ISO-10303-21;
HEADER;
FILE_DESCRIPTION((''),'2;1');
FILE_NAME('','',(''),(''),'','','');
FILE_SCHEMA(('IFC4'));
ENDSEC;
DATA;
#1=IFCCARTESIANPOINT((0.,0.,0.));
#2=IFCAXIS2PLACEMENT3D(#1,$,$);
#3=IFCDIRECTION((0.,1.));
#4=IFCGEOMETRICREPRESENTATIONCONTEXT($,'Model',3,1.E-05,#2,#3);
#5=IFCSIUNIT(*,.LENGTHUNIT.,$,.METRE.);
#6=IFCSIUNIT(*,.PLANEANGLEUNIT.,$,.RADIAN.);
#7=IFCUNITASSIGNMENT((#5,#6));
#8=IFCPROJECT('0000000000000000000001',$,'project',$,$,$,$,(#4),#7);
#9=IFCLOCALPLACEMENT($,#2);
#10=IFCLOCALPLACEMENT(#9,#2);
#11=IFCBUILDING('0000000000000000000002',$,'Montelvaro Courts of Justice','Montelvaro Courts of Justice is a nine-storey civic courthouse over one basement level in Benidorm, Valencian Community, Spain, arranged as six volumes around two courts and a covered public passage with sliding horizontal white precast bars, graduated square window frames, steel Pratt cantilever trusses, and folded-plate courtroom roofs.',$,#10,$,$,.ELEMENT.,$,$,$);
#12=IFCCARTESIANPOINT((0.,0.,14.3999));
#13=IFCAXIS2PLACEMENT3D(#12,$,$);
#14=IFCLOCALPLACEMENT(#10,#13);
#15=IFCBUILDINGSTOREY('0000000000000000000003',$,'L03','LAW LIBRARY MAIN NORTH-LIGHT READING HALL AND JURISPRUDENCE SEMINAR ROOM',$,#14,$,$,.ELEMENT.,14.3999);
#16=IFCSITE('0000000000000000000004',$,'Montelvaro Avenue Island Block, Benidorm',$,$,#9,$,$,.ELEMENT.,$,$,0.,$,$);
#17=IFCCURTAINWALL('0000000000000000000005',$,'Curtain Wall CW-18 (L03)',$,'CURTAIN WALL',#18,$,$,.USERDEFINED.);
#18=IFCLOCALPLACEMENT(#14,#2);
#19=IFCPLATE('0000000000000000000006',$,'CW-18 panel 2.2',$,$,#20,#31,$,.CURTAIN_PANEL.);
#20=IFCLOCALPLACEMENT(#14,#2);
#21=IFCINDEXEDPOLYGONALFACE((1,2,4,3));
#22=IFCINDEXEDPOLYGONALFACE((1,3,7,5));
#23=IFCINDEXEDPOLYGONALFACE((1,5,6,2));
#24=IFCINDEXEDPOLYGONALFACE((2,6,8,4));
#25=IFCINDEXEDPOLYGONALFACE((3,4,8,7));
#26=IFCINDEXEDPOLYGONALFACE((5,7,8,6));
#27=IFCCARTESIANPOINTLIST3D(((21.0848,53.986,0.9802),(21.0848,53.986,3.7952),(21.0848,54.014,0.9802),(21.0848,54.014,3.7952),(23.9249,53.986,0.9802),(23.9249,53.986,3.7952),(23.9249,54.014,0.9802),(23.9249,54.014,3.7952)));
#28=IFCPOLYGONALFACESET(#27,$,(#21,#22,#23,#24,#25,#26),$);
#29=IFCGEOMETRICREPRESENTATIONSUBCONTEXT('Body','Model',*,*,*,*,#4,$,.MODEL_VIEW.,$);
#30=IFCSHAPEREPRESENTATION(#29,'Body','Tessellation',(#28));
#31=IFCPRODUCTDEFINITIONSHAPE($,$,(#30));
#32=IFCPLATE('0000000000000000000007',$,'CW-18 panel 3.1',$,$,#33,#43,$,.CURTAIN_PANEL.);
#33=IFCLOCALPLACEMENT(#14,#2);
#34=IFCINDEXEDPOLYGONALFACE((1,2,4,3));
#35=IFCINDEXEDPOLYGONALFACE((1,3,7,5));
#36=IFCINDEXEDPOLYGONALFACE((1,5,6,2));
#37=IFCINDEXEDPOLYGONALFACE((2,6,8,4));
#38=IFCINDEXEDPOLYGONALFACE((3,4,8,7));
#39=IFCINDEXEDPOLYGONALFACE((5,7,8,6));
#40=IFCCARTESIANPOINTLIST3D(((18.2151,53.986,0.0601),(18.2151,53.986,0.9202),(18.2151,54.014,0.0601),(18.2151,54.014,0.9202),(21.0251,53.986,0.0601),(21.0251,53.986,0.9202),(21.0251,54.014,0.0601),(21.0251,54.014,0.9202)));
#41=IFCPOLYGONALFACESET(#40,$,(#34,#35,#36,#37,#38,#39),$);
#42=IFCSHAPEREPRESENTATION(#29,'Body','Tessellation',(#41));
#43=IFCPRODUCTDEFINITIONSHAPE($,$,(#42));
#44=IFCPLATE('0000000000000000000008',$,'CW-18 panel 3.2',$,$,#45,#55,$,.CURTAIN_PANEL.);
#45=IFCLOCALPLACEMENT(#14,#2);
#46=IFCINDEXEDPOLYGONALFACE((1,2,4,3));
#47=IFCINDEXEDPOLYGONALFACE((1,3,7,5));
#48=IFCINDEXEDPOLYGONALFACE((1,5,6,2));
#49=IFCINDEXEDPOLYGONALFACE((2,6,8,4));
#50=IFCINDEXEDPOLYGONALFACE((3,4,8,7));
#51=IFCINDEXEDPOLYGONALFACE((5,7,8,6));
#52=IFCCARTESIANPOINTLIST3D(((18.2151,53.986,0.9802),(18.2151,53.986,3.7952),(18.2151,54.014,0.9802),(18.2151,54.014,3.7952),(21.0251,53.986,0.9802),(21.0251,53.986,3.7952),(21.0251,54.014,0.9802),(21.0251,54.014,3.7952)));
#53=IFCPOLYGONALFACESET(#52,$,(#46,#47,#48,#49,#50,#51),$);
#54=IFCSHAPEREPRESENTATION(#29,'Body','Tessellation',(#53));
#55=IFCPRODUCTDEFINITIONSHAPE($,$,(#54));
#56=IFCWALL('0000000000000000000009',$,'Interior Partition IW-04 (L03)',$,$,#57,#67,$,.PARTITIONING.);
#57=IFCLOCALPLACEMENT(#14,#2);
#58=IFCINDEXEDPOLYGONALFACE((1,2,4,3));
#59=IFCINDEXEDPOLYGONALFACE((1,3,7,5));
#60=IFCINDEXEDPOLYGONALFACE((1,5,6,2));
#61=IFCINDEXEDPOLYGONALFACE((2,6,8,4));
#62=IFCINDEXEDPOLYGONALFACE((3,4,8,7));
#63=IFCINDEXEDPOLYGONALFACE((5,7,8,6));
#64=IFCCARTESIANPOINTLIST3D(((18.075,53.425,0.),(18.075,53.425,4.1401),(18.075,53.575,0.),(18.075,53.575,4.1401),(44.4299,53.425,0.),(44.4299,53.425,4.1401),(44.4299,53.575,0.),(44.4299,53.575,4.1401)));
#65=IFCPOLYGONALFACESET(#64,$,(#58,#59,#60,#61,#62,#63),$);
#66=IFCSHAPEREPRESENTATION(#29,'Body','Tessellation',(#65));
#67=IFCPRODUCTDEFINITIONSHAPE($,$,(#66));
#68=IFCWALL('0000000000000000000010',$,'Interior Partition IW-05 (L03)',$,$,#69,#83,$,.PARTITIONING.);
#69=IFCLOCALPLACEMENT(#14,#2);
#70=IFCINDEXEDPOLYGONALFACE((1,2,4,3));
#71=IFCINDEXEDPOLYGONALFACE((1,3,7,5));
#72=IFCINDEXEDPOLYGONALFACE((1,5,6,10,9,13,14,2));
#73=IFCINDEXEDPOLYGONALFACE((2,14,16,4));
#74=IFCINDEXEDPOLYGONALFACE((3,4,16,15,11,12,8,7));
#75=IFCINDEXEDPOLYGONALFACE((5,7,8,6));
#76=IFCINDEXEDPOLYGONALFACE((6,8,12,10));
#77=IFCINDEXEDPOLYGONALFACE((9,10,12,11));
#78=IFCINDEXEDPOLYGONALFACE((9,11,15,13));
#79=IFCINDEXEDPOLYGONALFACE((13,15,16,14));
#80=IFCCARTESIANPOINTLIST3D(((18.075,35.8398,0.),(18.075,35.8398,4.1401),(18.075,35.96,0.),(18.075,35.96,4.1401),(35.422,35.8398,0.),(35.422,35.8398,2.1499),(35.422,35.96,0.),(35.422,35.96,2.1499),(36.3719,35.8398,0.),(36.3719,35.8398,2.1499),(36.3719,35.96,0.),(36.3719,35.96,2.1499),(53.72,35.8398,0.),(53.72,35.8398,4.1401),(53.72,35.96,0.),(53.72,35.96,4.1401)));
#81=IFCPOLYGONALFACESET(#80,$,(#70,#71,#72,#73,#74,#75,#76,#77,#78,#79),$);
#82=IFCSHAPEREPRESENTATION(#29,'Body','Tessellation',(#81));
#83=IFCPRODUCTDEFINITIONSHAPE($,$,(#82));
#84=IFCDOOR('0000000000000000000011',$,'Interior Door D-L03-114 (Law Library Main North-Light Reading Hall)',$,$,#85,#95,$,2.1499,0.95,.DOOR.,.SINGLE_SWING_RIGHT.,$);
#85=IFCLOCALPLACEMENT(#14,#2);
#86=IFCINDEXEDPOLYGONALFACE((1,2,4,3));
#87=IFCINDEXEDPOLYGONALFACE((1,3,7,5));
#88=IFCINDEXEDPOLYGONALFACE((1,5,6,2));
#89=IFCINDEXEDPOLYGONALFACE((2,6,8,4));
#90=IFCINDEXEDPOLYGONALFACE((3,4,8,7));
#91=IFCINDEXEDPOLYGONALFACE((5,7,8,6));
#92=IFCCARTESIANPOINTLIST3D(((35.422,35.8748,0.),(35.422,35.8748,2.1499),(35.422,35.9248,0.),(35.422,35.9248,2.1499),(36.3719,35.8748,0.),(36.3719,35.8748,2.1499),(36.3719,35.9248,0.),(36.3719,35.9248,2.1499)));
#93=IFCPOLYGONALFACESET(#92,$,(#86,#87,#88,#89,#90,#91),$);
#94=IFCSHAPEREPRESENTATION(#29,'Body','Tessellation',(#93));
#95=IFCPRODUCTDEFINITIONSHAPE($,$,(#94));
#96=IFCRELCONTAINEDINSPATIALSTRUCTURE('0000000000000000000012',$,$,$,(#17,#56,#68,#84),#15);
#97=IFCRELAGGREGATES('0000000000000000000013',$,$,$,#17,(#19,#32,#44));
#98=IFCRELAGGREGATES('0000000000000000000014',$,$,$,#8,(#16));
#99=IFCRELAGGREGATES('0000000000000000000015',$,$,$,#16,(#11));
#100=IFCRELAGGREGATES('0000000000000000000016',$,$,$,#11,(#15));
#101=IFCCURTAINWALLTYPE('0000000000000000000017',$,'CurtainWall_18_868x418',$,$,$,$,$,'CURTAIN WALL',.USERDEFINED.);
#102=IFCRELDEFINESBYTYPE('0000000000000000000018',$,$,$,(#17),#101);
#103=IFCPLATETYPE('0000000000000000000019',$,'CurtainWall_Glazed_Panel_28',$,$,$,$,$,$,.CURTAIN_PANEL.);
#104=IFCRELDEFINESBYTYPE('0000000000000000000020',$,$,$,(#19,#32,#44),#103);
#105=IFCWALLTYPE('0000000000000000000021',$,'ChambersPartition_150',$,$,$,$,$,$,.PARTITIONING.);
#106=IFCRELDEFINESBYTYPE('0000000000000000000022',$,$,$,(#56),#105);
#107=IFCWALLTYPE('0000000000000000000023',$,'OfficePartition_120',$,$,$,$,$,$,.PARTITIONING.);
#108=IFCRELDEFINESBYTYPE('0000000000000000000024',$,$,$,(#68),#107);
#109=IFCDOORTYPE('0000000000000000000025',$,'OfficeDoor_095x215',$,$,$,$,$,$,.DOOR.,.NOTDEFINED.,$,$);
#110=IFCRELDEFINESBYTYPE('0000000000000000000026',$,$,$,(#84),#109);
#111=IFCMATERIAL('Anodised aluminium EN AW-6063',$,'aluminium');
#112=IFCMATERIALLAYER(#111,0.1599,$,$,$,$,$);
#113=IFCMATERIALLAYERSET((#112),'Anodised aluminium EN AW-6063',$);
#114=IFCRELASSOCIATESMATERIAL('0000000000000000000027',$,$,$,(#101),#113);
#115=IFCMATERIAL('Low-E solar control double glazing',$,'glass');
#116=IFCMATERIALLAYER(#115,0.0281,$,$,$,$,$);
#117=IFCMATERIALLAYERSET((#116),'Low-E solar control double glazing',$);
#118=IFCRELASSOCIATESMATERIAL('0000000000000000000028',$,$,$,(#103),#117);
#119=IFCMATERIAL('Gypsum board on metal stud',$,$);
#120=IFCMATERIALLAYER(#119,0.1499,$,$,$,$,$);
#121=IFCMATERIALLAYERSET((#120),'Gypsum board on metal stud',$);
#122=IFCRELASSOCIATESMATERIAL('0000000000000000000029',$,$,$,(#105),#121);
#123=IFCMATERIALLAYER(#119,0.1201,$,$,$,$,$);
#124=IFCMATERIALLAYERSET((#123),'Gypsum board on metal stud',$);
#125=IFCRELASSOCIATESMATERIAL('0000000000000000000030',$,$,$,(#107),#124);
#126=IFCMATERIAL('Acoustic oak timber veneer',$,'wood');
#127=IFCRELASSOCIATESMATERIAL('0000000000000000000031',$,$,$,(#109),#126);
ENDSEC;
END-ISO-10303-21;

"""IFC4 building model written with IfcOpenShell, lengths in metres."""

from ifc_helpers import new_model, si_unit, direction, frame, frame_2d, origin, origin_2d, place, context, subcontext, project, spatial, rectangle, extrude, material, layer, layer_set, type_object, element, fill, aggregate, save


model = new_model("IFC4")

# Units and contexts
model_context = context("Model", 3, precision=1e-05, world=origin(), true_north=direction((0.0, 1.0)))
body_context = subcontext(model_context, "Body", "Model", "MODEL_VIEW")
ifc_project = project(units=[si_unit("LENGTHUNIT", "METRE"), si_unit("PLANEANGLEUNIT", "RADIAN")], contexts=[model_context])

# Site, building, storey
site_placement = place(None, origin())
site = spatial("IfcSite", under=ifc_project, at=site_placement, Name="Montelvaro Avenue Island Block, Benidorm", CompositionType="ELEMENT", RefElevation=0.0)
building_placement = place(site_placement, origin())
building = spatial("IfcBuilding", under=site, at=building_placement, Name="Montelvaro Courts of Justice", Description="Montelvaro Courts of Justice is a nine-storey civic courthouse over one basement level in Benidorm, Valencian Community, Spain, arranged as six volumes around two courts and a covered public passage with sliding horizontal white precast bars, graduated square window frames, steel Pratt cantilever trusses, and folded-plate courtroom roofs.", CompositionType="ELEMENT")
storey_placement = place(building_placement, frame((0.0, 0.0, 14.3999)))
storey = spatial("IfcBuildingStorey", under=building, at=storey_placement, Name="L03", Description="LAW LIBRARY MAIN NORTH-LIGHT READING HALL AND JURISPRUDENCE SEMINAR ROOM", CompositionType="ELEMENT", Elevation=14.3999)

# Shared definitions
ifc_material_1 = material(Name="Anodised aluminium EN AW-6063", Category="aluminium")
ifc_layer_1 = layer(ifc_material_1, 0.1599)
ifc_layer_set_1 = layer_set([ifc_layer_1], Name="Anodised aluminium EN AW-6063")
curtain_wall_type = type_object("IfcCurtainWallType", Name="CurtainWall_18_868x418", ElementType="CURTAIN WALL", PredefinedType="USERDEFINED", material=ifc_layer_set_1)

# Curtain wall
curtain_wall_1_placement = place(storey_placement, origin())
curtain_wall_1 = element("IfcCurtainWall", 1, at=curtain_wall_1_placement, inside=storey, type_object=curtain_wall_type, Name="Curtain Wall CW-18 (L03)", ObjectType="CURTAIN WALL", PredefinedType="USERDEFINED")

# Plates
ifc_material_2 = material(Name="Low-E solar control double glazing", Category="glass")
ifc_layer_2 = layer(ifc_material_2, 0.0281)
ifc_layer_set_2 = layer_set([ifc_layer_2], Name="Low-E solar control double glazing")
plate_type = type_object("IfcPlateType", Name="CurtainWall_Glazed_Panel_28", PredefinedType="CURTAIN_PANEL", material=ifc_layer_set_2)
plate_1_placement = place(storey_placement, frame((22.5049, 54.0, 0.9802), z_axis=(0.0, 0.0, 1.0), x_axis=(-1.0, 0.0, 0.0)))
plate_1 = element("IfcPlate", 2, at=plate_1_placement, type_object=plate_type, Name="CW-18 panel 2.2", PredefinedType="CURTAIN_PANEL", context=body_context, shape_type="SweptSolid", body=[
    extrude(rectangle(XDim=2.8401, YDim=0.0281, at=origin_2d()), origin(), (0.0, 0.0, 1.0), 2.8149),
])
plate_2_placement = place(storey_placement, frame((19.6201, 54.0, 0.0601), z_axis=(0.0, 0.0, 1.0), x_axis=(-1.0, 0.0, 0.0)))
plate_2 = element("IfcPlate", 3, at=plate_2_placement, type_object=plate_type, Name="CW-18 panel 3.1", PredefinedType="CURTAIN_PANEL", context=body_context, shape_type="SweptSolid", body=[
    extrude(rectangle(XDim=2.8101, YDim=0.0281, at=origin_2d()), origin(), (0.0, 0.0, 1.0), 0.8601),
])
plate_3_placement = place(storey_placement, frame((19.6201, 54.0, 0.9802), z_axis=(0.0, 0.0, 1.0), x_axis=(-1.0, 0.0, 0.0)))
plate_3 = element("IfcPlate", 4, at=plate_3_placement, type_object=plate_type, Name="CW-18 panel 3.2", PredefinedType="CURTAIN_PANEL", context=body_context, shape_type="SweptSolid", body=[
    extrude(rectangle(XDim=2.8101, YDim=0.0281, at=origin_2d()), origin(), (0.0, 0.0, 1.0), 2.8149),
])
aggregate(curtain_wall_1, [plate_1, plate_2, plate_3])

# Wall
ifc_material_3 = material(Name="Gypsum board on metal stud")
ifc_layer_3 = layer(ifc_material_3, 0.1499)
ifc_layer_set_3 = layer_set([ifc_layer_3], Name="Gypsum board on metal stud")
wall_type_1 = type_object("IfcWallType", Name="ChambersPartition_150", PredefinedType="PARTITIONING", material=ifc_layer_set_3)
wall_1_placement = place(storey_placement, frame((18.075, 53.5, 0.0), z_axis=(0.0, 0.0, 1.0), x_axis=(1.0, 0.0, 0.0)))
element("IfcWall", 5, at=wall_1_placement, inside=storey, type_object=wall_type_1, Name="Interior Partition IW-04 (L03)", PredefinedType="PARTITIONING", context=body_context, shape_type="SweptSolid", body=[
    extrude(rectangle(XDim=26.355, YDim=0.1499, at=frame_2d((13.1775, 0.0))), origin(), (0.0, 0.0, 1.0), 4.1401),
])

# Wall, opening, door
ifc_layer_4 = layer(ifc_material_3, 0.1201)
ifc_layer_set_4 = layer_set([ifc_layer_4], Name="Gypsum board on metal stud")
wall_type_2 = type_object("IfcWallType", Name="OfficePartition_120", PredefinedType="PARTITIONING", material=ifc_layer_set_4)
wall_2_placement = place(storey_placement, frame((18.075, 35.8999, 0.0), z_axis=(0.0, 0.0, 1.0), x_axis=(1.0, 0.0, 0.0)))
wall_2 = element("IfcWall", 6, at=wall_2_placement, inside=storey, type_object=wall_type_2, Name="Interior Partition IW-05 (L03)", PredefinedType="PARTITIONING", context=body_context, shape_type="SweptSolid", body=[
    extrude(rectangle(XDim=35.645, YDim=0.1201, at=frame_2d((17.8225, 0.0))), origin(), (0.0, 0.0, 1.0), 4.1401),
])
opening_placement = place(wall_2_placement, frame((17.3469, 0.0, 0.0)))
opening = element("IfcOpeningElement", 7, at=opening_placement, cuts=wall_2, PredefinedType="OPENING", context=body_context, shape_type="SweptSolid", body=[
    extrude(rectangle(XDim=0.95, YDim=2.1499, at=frame_2d((0.4751, 1.075))), frame((0.0, 0.075, 0.0), z_axis=(0.0, -1.0, 0.0), x_axis=(1.0, 0.0, 0.0)), (0.0, 0.0, 1.0), 0.1499),
])
ifc_material_4 = material(Name="Acoustic oak timber veneer", Category="wood")
door_type = type_object("IfcDoorType", Name="OfficeDoor_095x215", OperationType="NOTDEFINED", PredefinedType="DOOR", material=ifc_material_4)
door_placement = place(opening_placement, origin())
door = element("IfcDoor", 8, at=door_placement, inside=storey, type_object=door_type, Name="Interior Door D-L03-114 (Law Library Main North-Light Reading Hall)", OperationType="SINGLE_SWING_RIGHT", OverallHeight=2.1499, OverallWidth=0.95, PredefinedType="DOOR", context=body_context, shape_type="SweptSolid", body=[
    extrude(rectangle(XDim=0.95, YDim=2.1499, at=frame_2d((0.4751, 1.075))), frame((0.0, 0.0249, 0.0), z_axis=(0.0, -1.0, 0.0), x_axis=(1.0, 0.0, 0.0)), (0.0, 0.0, 1.0), 0.05),
])
fill(opening, door)

save(model, "model.ifc")
